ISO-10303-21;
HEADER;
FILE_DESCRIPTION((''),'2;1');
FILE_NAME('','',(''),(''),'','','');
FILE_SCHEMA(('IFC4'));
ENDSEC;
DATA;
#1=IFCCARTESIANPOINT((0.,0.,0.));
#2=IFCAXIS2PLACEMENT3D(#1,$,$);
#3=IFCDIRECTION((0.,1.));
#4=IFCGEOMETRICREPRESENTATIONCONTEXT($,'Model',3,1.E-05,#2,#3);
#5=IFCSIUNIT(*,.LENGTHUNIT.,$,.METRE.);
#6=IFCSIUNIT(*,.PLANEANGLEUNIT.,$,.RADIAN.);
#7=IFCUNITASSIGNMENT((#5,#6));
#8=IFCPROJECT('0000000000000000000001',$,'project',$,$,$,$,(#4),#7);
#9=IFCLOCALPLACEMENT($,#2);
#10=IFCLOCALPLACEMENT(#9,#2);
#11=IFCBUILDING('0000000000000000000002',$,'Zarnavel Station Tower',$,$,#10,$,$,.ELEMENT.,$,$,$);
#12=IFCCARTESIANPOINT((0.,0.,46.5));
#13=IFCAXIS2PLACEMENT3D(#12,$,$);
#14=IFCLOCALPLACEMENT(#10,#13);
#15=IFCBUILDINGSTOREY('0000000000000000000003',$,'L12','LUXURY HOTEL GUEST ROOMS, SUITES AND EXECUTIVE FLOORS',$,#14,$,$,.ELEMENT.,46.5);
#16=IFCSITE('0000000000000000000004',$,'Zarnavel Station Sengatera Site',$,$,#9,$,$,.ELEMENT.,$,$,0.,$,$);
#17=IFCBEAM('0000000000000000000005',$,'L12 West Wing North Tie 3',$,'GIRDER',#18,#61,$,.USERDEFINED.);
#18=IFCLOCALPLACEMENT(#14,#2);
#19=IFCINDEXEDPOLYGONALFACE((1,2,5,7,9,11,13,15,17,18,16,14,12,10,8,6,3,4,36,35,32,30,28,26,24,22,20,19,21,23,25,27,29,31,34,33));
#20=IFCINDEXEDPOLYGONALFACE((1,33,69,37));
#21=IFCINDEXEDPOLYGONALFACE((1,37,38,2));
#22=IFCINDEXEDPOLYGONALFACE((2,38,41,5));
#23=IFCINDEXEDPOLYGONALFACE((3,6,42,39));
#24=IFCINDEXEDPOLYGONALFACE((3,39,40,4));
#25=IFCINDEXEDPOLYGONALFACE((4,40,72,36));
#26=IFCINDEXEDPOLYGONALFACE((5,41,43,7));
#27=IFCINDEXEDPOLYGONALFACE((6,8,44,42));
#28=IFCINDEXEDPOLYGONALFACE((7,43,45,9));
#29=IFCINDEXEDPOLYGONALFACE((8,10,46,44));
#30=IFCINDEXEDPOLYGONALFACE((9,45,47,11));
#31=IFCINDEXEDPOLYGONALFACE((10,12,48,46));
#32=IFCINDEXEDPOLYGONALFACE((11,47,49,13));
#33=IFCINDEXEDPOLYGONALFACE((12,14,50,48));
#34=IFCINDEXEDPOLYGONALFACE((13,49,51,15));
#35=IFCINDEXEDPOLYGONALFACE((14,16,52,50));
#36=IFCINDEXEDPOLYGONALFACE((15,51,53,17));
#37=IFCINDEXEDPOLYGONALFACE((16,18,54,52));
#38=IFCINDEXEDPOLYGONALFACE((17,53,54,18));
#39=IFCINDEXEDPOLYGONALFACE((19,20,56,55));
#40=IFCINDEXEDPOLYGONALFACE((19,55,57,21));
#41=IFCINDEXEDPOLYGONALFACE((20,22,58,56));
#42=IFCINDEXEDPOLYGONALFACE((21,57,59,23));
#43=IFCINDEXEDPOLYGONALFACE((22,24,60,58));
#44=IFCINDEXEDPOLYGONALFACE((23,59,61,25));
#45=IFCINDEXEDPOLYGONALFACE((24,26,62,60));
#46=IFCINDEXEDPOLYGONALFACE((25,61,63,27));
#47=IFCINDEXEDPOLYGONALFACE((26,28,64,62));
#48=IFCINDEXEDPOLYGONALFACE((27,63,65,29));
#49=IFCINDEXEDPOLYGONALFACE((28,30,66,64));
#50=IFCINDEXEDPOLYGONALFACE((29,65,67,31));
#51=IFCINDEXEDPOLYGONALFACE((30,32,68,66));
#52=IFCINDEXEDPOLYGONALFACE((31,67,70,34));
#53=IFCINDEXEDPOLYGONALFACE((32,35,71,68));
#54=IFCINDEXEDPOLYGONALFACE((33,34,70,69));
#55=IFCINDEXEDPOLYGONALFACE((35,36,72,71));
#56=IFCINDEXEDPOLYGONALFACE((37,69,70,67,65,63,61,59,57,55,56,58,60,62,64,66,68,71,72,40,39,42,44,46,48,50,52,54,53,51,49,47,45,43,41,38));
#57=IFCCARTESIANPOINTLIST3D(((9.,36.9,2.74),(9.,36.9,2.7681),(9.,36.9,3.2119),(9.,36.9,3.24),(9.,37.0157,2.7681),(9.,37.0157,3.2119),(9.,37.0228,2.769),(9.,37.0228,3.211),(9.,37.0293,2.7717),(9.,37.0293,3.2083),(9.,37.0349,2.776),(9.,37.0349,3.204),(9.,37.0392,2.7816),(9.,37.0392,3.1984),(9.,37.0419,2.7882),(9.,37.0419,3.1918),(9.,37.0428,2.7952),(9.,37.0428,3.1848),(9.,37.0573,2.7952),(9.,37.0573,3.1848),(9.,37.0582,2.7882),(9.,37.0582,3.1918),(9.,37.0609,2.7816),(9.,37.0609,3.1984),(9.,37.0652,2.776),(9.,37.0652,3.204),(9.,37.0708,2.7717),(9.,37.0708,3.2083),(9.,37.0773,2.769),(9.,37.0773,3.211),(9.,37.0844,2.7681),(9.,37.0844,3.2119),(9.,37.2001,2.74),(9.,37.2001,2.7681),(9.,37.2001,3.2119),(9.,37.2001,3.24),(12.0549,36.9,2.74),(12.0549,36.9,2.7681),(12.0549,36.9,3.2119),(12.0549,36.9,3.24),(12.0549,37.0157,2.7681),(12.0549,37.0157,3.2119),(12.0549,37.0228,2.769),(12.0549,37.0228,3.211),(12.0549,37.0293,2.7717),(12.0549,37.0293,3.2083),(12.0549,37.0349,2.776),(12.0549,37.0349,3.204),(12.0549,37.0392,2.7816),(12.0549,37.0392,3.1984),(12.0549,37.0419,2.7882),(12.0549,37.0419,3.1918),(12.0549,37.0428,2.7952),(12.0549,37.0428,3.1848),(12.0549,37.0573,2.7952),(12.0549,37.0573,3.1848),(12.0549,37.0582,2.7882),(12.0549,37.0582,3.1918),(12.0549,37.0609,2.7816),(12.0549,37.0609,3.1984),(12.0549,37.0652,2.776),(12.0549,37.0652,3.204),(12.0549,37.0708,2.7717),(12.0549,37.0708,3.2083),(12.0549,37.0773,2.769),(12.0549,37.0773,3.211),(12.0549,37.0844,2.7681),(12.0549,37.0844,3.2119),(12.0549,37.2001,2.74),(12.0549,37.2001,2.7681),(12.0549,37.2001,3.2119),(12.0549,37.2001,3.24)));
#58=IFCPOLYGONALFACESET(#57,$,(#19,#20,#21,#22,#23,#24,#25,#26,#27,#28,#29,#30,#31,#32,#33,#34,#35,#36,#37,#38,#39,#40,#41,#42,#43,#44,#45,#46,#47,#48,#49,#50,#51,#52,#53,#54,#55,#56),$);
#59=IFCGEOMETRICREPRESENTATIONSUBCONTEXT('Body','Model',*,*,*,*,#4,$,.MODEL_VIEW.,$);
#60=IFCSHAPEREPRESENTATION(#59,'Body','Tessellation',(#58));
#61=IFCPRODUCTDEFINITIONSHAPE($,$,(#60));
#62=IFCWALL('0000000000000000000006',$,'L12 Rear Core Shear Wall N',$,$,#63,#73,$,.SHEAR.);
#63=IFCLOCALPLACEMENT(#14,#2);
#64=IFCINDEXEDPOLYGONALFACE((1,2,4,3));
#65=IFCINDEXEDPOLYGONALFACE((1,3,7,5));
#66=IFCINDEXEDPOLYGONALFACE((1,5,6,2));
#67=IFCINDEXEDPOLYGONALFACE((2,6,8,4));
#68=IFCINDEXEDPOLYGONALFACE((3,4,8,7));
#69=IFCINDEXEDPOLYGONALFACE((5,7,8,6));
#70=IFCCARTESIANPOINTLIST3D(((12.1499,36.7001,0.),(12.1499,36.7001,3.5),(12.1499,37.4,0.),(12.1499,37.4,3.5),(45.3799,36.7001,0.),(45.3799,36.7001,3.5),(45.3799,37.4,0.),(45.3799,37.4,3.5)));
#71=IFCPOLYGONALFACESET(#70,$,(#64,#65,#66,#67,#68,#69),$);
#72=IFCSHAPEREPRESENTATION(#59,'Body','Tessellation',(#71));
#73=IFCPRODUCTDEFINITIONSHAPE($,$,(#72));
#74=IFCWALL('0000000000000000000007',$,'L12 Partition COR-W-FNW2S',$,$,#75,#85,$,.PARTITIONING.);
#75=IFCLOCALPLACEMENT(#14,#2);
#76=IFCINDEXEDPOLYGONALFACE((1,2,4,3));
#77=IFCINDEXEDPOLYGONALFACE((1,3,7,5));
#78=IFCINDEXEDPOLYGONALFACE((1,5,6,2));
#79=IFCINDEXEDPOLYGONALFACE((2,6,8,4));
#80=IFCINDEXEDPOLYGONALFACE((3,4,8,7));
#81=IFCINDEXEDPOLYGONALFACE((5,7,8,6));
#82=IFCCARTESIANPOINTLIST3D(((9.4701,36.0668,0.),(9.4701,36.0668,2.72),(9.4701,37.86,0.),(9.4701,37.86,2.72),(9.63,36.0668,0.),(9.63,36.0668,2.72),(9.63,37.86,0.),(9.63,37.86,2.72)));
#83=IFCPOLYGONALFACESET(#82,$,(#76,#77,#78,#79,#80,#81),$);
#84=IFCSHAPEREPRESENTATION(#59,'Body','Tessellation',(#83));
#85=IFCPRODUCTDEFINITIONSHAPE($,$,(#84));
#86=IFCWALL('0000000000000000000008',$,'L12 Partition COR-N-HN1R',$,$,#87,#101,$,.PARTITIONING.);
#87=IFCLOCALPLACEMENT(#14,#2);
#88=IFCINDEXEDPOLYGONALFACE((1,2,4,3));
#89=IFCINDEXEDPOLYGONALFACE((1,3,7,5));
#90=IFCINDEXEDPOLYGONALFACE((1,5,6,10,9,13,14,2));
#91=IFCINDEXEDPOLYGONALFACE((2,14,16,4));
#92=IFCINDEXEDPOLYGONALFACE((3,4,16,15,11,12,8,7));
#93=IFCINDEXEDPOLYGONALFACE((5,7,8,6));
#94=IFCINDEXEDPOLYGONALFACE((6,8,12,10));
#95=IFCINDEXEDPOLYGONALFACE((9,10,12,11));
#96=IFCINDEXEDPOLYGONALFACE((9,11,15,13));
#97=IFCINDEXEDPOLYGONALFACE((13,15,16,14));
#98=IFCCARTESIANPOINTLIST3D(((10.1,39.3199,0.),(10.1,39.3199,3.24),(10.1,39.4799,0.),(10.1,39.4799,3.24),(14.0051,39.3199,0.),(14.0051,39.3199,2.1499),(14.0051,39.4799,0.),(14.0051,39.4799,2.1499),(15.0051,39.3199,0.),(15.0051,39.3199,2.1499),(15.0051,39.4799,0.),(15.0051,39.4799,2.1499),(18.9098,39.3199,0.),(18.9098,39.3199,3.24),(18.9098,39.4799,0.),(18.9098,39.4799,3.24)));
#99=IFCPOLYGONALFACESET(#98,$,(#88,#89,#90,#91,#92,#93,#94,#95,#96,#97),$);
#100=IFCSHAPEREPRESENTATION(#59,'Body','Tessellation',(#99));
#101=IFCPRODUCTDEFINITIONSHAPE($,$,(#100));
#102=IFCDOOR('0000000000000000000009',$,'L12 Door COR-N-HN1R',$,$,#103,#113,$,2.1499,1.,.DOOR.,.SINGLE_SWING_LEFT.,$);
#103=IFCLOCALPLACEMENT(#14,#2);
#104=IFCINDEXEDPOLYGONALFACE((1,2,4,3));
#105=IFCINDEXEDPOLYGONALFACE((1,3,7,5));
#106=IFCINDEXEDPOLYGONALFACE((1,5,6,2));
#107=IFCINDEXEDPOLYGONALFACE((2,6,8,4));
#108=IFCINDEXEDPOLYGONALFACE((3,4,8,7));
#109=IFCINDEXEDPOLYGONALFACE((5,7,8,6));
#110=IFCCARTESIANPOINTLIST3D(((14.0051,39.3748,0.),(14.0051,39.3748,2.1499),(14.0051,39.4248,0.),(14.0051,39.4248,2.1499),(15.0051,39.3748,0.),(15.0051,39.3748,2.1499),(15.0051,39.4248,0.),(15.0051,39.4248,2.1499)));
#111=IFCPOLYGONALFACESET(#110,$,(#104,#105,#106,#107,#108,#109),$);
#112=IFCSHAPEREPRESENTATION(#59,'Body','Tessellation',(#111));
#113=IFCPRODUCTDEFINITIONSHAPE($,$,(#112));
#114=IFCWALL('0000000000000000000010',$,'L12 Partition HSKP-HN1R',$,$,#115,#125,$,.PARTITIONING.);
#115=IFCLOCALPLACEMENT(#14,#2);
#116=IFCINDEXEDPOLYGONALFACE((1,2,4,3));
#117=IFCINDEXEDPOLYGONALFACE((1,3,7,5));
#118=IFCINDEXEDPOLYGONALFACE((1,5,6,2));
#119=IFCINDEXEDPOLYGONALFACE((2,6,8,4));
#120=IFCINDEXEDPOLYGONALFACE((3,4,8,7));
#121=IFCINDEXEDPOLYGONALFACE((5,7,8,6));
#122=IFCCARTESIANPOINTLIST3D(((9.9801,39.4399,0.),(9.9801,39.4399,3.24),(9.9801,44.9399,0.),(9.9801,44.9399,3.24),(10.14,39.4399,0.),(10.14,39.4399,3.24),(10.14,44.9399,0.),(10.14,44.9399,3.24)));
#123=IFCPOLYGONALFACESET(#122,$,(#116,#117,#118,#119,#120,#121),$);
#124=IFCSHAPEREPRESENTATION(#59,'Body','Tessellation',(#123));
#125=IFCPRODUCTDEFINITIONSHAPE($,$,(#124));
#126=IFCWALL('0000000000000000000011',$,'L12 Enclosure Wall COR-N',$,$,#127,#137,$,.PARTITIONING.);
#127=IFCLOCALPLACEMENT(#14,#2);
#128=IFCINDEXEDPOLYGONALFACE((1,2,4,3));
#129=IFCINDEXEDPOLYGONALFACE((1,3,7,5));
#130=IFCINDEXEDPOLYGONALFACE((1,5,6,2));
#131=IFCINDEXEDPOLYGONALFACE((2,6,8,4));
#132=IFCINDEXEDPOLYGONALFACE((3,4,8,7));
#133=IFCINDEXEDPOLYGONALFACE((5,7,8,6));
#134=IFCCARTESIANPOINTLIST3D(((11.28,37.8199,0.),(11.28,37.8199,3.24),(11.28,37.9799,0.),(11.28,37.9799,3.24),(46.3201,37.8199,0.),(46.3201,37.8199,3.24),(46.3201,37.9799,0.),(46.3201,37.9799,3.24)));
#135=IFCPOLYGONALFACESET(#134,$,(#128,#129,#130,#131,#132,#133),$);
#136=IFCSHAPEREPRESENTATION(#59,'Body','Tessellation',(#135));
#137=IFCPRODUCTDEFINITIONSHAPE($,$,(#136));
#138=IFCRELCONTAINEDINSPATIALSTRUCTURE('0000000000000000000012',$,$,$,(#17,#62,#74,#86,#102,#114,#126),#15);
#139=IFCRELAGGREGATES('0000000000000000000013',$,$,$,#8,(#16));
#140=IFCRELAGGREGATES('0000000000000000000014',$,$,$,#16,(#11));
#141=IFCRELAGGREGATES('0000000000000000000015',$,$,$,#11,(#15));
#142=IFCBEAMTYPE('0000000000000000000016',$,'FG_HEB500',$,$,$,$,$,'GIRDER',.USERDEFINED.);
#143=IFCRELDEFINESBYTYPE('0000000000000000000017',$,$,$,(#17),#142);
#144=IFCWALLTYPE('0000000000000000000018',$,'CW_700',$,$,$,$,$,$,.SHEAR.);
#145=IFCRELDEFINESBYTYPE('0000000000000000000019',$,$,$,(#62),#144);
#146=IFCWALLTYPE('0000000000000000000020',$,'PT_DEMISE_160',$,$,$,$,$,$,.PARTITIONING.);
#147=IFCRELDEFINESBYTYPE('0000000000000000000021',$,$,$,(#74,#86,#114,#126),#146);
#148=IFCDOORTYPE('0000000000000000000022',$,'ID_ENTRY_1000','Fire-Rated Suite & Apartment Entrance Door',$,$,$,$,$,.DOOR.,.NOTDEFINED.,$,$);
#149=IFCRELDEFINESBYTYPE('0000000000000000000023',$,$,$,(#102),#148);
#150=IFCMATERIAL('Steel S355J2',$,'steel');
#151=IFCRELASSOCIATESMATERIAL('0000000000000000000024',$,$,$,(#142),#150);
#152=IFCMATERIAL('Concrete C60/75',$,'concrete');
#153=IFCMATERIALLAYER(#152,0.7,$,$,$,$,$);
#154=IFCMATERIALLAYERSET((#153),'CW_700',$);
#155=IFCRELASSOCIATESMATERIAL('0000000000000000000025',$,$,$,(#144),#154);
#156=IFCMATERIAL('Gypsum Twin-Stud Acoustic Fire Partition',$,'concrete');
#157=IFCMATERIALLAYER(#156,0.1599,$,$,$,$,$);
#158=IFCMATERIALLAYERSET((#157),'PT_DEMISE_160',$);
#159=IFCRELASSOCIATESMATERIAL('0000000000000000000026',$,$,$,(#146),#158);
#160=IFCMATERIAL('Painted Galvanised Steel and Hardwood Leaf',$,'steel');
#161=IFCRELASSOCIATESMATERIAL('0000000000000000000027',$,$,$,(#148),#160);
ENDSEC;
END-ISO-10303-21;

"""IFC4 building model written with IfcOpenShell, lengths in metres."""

from ifc_helpers import new_model, si_unit, direction, frame, frame_2d, origin, origin_2d, place, context, subcontext, project, spatial, rectangle, i_section, extrude, material, layer, layer_set, material_profile, profile_set, type_object, element, fill, save


model = new_model("IFC4")

# Units and contexts
model_context = context("Model", 3, precision=1e-05, world=origin(), true_north=direction((0.0, 1.0)))
body_context = subcontext(model_context, "Body", "Model", "MODEL_VIEW")
ifc_project = project(units=[si_unit("LENGTHUNIT", "METRE"), si_unit("PLANEANGLEUNIT", "RADIAN")], contexts=[model_context])

# Site, building, storey
site_placement = place(None, origin())
site = spatial("IfcSite", under=ifc_project, at=site_placement, Name="Zarnavel Station Sengatera Site", CompositionType="ELEMENT", RefElevation=0.0)
building_placement = place(site_placement, origin())
building = spatial("IfcBuilding", under=site, at=building_placement, Name="Zarnavel Station Tower", CompositionType="ELEMENT")
storey_placement = place(building_placement, frame((0.0, 0.0, 46.5)))
storey = spatial("IfcBuildingStorey", under=building, at=storey_placement, Name="L12", Description="LUXURY HOTEL GUEST ROOMS, SUITES AND EXECUTIVE FLOORS", CompositionType="ELEMENT", Elevation=46.5)

# Beam
ifc_material_1 = material(Name="Steel S355J2", Category="steel")
ifc_material_profile_1 = material_profile(ifc_material_1, i_section(OverallWidth=0.3, OverallDepth=0.5, WebThickness=0.0144, FlangeThickness=0.0281, FilletRadius=0.0271, at=origin_2d()), Name="HEB500")
ifc_profile_set_1 = profile_set([ifc_material_profile_1], Name="Steel S355J2")
beam_type = type_object("IfcBeamType", Name="FG_HEB500", ElementType="GIRDER", PredefinedType="USERDEFINED", material=ifc_profile_set_1)
beam_1_placement = place(storey_placement, frame((9.0, 37.05, 2.99), z_axis=(1.0, 0.0, 0.0), x_axis=(0.0, 1.0, 0.0)))
element("IfcBeam", 1, at=beam_1_placement, inside=storey, type_object=beam_type, Name="L12 West Wing North Tie 3", ObjectType="GIRDER", PredefinedType="USERDEFINED", context=body_context, shape_type="SweptSolid", body=[
    extrude(i_section(OverallWidth=0.3, OverallDepth=0.5, WebThickness=0.0144, FlangeThickness=0.0281, FilletRadius=0.0271, at=origin_2d()), origin(), (0.0, 0.0, 1.0), 3.0549),
])

# Walls
ifc_material_2 = material(Name="Concrete C60/75", Category="concrete")
ifc_layer_1 = layer(ifc_material_2, 0.7)
ifc_layer_set_1 = layer_set([ifc_layer_1], Name="CW_700")
wall_type_1 = type_object("IfcWallType", Name="CW_700", PredefinedType="SHEAR", material=ifc_layer_set_1)
wall_1_placement = place(storey_placement, frame((12.1499, 37.05, 0.0), z_axis=(0.0, 0.0, 1.0), x_axis=(1.0, 0.0, 0.0)))
element("IfcWall", 2, at=wall_1_placement, inside=storey, type_object=wall_type_1, Name="L12 Rear Core Shear Wall N", PredefinedType="SHEAR", context=body_context, shape_type="SweptSolid", body=[
    extrude(rectangle(XDim=33.23, YDim=0.7, at=frame_2d((16.615, 0.0))), origin(), (0.0, 0.0, 1.0), 3.5),
])
ifc_material_3 = material(Name="Gypsum Twin-Stud Acoustic Fire Partition", Category="concrete")
ifc_layer_2 = layer(ifc_material_3, 0.1599)
ifc_layer_set_2 = layer_set([ifc_layer_2], Name="PT_DEMISE_160")
wall_type_2 = type_object("IfcWallType", Name="PT_DEMISE_160", PredefinedType="PARTITIONING", material=ifc_layer_set_2)
wall_2_placement = place(storey_placement, frame((9.55, 36.0669, 0.0), z_axis=(0.0, 0.0, 1.0), x_axis=(0.0, 1.0, 0.0)))
element("IfcWall", 3, at=wall_2_placement, inside=storey, type_object=wall_type_2, Name="L12 Partition COR-W-FNW2S", PredefinedType="PARTITIONING", context=body_context, shape_type="SweptSolid", body=[
    extrude(rectangle(XDim=1.7932, YDim=0.1599, at=frame_2d((0.8965, 0.0))), origin(), (0.0, 0.0, 1.0), 2.72),
])

# Wall, opening, door
wall_3_placement = place(storey_placement, frame((10.1001, 39.3999, 0.0), z_axis=(0.0, 0.0, 1.0), x_axis=(1.0, 0.0, 0.0)))
wall_3 = element("IfcWall", 4, at=wall_3_placement, inside=storey, type_object=wall_type_2, Name="L12 Partition COR-N-HN1R", PredefinedType="PARTITIONING", context=body_context, shape_type="SweptSolid", body=[
    extrude(rectangle(XDim=8.8098, YDim=0.1599, at=frame_2d((4.4048, 0.0))), origin(), (0.0, 0.0, 1.0), 3.24),
])
opening_placement = place(wall_3_placement, frame((3.905, 0.0, 0.0)))
opening = element("IfcOpeningElement", 5, at=opening_placement, cuts=wall_3, PredefinedType="OPENING", context=body_context, shape_type="SweptSolid", body=[
    extrude(rectangle(XDim=1.0, YDim=2.1499, at=frame_2d((0.5, 1.075))), frame((0.0, 0.0898, 0.0), z_axis=(0.0, -1.0, 0.0), x_axis=(1.0, 0.0, 0.0)), (0.0, 0.0, 1.0), 0.1799),
])
ifc_material_4 = material(Name="Painted Galvanised Steel and Hardwood Leaf", Category="steel")
door_type = type_object("IfcDoorType", Name="ID_ENTRY_1000", Description="Fire-Rated Suite & Apartment Entrance Door", OperationType="NOTDEFINED", PredefinedType="DOOR", material=ifc_material_4)
door_placement = place(opening_placement, origin())
door = element("IfcDoor", 6, at=door_placement, inside=storey, type_object=door_type, Name="L12 Door COR-N-HN1R", OperationType="SINGLE_SWING_LEFT", OverallHeight=2.1499, OverallWidth=1.0, PredefinedType="DOOR", context=body_context, shape_type="SweptSolid", body=[
    extrude(rectangle(XDim=1.0, YDim=2.1499, at=frame_2d((0.5, 1.075))), frame((0.0, 0.0249, 0.0), z_axis=(0.0, -1.0, 0.0), x_axis=(1.0, 0.0, 0.0)), (0.0, 0.0, 1.0), 0.05),
])
fill(opening, door)

# Walls
wall_4_placement = place(storey_placement, frame((10.0601, 39.4399, 0.0), z_axis=(0.0, 0.0, 1.0), x_axis=(0.0, 1.0, 0.0)))
element("IfcWall", 7, at=wall_4_placement, inside=storey, type_object=wall_type_2, Name="L12 Partition HSKP-HN1R", PredefinedType="PARTITIONING", context=body_context, shape_type="SweptSolid", body=[
    extrude(rectangle(XDim=5.5, YDim=0.1599, at=frame_2d((2.75, 0.0))), origin(), (0.0, 0.0, 1.0), 3.24),
])
wall_5_placement = place(storey_placement, frame((11.28, 37.8999, 0.0), z_axis=(0.0, 0.0, 1.0), x_axis=(1.0, 0.0, 0.0)))
element("IfcWall", 8, at=wall_5_placement, inside=storey, type_object=wall_type_2, Name="L12 Enclosure Wall COR-N", PredefinedType="PARTITIONING", context=body_context, shape_type="SweptSolid", body=[
    extrude(rectangle(XDim=35.04, YDim=0.1599, at=frame_2d((17.52, 0.0))), origin(), (0.0, 0.0, 1.0), 3.24),
])

save(model, "model.ifc")
